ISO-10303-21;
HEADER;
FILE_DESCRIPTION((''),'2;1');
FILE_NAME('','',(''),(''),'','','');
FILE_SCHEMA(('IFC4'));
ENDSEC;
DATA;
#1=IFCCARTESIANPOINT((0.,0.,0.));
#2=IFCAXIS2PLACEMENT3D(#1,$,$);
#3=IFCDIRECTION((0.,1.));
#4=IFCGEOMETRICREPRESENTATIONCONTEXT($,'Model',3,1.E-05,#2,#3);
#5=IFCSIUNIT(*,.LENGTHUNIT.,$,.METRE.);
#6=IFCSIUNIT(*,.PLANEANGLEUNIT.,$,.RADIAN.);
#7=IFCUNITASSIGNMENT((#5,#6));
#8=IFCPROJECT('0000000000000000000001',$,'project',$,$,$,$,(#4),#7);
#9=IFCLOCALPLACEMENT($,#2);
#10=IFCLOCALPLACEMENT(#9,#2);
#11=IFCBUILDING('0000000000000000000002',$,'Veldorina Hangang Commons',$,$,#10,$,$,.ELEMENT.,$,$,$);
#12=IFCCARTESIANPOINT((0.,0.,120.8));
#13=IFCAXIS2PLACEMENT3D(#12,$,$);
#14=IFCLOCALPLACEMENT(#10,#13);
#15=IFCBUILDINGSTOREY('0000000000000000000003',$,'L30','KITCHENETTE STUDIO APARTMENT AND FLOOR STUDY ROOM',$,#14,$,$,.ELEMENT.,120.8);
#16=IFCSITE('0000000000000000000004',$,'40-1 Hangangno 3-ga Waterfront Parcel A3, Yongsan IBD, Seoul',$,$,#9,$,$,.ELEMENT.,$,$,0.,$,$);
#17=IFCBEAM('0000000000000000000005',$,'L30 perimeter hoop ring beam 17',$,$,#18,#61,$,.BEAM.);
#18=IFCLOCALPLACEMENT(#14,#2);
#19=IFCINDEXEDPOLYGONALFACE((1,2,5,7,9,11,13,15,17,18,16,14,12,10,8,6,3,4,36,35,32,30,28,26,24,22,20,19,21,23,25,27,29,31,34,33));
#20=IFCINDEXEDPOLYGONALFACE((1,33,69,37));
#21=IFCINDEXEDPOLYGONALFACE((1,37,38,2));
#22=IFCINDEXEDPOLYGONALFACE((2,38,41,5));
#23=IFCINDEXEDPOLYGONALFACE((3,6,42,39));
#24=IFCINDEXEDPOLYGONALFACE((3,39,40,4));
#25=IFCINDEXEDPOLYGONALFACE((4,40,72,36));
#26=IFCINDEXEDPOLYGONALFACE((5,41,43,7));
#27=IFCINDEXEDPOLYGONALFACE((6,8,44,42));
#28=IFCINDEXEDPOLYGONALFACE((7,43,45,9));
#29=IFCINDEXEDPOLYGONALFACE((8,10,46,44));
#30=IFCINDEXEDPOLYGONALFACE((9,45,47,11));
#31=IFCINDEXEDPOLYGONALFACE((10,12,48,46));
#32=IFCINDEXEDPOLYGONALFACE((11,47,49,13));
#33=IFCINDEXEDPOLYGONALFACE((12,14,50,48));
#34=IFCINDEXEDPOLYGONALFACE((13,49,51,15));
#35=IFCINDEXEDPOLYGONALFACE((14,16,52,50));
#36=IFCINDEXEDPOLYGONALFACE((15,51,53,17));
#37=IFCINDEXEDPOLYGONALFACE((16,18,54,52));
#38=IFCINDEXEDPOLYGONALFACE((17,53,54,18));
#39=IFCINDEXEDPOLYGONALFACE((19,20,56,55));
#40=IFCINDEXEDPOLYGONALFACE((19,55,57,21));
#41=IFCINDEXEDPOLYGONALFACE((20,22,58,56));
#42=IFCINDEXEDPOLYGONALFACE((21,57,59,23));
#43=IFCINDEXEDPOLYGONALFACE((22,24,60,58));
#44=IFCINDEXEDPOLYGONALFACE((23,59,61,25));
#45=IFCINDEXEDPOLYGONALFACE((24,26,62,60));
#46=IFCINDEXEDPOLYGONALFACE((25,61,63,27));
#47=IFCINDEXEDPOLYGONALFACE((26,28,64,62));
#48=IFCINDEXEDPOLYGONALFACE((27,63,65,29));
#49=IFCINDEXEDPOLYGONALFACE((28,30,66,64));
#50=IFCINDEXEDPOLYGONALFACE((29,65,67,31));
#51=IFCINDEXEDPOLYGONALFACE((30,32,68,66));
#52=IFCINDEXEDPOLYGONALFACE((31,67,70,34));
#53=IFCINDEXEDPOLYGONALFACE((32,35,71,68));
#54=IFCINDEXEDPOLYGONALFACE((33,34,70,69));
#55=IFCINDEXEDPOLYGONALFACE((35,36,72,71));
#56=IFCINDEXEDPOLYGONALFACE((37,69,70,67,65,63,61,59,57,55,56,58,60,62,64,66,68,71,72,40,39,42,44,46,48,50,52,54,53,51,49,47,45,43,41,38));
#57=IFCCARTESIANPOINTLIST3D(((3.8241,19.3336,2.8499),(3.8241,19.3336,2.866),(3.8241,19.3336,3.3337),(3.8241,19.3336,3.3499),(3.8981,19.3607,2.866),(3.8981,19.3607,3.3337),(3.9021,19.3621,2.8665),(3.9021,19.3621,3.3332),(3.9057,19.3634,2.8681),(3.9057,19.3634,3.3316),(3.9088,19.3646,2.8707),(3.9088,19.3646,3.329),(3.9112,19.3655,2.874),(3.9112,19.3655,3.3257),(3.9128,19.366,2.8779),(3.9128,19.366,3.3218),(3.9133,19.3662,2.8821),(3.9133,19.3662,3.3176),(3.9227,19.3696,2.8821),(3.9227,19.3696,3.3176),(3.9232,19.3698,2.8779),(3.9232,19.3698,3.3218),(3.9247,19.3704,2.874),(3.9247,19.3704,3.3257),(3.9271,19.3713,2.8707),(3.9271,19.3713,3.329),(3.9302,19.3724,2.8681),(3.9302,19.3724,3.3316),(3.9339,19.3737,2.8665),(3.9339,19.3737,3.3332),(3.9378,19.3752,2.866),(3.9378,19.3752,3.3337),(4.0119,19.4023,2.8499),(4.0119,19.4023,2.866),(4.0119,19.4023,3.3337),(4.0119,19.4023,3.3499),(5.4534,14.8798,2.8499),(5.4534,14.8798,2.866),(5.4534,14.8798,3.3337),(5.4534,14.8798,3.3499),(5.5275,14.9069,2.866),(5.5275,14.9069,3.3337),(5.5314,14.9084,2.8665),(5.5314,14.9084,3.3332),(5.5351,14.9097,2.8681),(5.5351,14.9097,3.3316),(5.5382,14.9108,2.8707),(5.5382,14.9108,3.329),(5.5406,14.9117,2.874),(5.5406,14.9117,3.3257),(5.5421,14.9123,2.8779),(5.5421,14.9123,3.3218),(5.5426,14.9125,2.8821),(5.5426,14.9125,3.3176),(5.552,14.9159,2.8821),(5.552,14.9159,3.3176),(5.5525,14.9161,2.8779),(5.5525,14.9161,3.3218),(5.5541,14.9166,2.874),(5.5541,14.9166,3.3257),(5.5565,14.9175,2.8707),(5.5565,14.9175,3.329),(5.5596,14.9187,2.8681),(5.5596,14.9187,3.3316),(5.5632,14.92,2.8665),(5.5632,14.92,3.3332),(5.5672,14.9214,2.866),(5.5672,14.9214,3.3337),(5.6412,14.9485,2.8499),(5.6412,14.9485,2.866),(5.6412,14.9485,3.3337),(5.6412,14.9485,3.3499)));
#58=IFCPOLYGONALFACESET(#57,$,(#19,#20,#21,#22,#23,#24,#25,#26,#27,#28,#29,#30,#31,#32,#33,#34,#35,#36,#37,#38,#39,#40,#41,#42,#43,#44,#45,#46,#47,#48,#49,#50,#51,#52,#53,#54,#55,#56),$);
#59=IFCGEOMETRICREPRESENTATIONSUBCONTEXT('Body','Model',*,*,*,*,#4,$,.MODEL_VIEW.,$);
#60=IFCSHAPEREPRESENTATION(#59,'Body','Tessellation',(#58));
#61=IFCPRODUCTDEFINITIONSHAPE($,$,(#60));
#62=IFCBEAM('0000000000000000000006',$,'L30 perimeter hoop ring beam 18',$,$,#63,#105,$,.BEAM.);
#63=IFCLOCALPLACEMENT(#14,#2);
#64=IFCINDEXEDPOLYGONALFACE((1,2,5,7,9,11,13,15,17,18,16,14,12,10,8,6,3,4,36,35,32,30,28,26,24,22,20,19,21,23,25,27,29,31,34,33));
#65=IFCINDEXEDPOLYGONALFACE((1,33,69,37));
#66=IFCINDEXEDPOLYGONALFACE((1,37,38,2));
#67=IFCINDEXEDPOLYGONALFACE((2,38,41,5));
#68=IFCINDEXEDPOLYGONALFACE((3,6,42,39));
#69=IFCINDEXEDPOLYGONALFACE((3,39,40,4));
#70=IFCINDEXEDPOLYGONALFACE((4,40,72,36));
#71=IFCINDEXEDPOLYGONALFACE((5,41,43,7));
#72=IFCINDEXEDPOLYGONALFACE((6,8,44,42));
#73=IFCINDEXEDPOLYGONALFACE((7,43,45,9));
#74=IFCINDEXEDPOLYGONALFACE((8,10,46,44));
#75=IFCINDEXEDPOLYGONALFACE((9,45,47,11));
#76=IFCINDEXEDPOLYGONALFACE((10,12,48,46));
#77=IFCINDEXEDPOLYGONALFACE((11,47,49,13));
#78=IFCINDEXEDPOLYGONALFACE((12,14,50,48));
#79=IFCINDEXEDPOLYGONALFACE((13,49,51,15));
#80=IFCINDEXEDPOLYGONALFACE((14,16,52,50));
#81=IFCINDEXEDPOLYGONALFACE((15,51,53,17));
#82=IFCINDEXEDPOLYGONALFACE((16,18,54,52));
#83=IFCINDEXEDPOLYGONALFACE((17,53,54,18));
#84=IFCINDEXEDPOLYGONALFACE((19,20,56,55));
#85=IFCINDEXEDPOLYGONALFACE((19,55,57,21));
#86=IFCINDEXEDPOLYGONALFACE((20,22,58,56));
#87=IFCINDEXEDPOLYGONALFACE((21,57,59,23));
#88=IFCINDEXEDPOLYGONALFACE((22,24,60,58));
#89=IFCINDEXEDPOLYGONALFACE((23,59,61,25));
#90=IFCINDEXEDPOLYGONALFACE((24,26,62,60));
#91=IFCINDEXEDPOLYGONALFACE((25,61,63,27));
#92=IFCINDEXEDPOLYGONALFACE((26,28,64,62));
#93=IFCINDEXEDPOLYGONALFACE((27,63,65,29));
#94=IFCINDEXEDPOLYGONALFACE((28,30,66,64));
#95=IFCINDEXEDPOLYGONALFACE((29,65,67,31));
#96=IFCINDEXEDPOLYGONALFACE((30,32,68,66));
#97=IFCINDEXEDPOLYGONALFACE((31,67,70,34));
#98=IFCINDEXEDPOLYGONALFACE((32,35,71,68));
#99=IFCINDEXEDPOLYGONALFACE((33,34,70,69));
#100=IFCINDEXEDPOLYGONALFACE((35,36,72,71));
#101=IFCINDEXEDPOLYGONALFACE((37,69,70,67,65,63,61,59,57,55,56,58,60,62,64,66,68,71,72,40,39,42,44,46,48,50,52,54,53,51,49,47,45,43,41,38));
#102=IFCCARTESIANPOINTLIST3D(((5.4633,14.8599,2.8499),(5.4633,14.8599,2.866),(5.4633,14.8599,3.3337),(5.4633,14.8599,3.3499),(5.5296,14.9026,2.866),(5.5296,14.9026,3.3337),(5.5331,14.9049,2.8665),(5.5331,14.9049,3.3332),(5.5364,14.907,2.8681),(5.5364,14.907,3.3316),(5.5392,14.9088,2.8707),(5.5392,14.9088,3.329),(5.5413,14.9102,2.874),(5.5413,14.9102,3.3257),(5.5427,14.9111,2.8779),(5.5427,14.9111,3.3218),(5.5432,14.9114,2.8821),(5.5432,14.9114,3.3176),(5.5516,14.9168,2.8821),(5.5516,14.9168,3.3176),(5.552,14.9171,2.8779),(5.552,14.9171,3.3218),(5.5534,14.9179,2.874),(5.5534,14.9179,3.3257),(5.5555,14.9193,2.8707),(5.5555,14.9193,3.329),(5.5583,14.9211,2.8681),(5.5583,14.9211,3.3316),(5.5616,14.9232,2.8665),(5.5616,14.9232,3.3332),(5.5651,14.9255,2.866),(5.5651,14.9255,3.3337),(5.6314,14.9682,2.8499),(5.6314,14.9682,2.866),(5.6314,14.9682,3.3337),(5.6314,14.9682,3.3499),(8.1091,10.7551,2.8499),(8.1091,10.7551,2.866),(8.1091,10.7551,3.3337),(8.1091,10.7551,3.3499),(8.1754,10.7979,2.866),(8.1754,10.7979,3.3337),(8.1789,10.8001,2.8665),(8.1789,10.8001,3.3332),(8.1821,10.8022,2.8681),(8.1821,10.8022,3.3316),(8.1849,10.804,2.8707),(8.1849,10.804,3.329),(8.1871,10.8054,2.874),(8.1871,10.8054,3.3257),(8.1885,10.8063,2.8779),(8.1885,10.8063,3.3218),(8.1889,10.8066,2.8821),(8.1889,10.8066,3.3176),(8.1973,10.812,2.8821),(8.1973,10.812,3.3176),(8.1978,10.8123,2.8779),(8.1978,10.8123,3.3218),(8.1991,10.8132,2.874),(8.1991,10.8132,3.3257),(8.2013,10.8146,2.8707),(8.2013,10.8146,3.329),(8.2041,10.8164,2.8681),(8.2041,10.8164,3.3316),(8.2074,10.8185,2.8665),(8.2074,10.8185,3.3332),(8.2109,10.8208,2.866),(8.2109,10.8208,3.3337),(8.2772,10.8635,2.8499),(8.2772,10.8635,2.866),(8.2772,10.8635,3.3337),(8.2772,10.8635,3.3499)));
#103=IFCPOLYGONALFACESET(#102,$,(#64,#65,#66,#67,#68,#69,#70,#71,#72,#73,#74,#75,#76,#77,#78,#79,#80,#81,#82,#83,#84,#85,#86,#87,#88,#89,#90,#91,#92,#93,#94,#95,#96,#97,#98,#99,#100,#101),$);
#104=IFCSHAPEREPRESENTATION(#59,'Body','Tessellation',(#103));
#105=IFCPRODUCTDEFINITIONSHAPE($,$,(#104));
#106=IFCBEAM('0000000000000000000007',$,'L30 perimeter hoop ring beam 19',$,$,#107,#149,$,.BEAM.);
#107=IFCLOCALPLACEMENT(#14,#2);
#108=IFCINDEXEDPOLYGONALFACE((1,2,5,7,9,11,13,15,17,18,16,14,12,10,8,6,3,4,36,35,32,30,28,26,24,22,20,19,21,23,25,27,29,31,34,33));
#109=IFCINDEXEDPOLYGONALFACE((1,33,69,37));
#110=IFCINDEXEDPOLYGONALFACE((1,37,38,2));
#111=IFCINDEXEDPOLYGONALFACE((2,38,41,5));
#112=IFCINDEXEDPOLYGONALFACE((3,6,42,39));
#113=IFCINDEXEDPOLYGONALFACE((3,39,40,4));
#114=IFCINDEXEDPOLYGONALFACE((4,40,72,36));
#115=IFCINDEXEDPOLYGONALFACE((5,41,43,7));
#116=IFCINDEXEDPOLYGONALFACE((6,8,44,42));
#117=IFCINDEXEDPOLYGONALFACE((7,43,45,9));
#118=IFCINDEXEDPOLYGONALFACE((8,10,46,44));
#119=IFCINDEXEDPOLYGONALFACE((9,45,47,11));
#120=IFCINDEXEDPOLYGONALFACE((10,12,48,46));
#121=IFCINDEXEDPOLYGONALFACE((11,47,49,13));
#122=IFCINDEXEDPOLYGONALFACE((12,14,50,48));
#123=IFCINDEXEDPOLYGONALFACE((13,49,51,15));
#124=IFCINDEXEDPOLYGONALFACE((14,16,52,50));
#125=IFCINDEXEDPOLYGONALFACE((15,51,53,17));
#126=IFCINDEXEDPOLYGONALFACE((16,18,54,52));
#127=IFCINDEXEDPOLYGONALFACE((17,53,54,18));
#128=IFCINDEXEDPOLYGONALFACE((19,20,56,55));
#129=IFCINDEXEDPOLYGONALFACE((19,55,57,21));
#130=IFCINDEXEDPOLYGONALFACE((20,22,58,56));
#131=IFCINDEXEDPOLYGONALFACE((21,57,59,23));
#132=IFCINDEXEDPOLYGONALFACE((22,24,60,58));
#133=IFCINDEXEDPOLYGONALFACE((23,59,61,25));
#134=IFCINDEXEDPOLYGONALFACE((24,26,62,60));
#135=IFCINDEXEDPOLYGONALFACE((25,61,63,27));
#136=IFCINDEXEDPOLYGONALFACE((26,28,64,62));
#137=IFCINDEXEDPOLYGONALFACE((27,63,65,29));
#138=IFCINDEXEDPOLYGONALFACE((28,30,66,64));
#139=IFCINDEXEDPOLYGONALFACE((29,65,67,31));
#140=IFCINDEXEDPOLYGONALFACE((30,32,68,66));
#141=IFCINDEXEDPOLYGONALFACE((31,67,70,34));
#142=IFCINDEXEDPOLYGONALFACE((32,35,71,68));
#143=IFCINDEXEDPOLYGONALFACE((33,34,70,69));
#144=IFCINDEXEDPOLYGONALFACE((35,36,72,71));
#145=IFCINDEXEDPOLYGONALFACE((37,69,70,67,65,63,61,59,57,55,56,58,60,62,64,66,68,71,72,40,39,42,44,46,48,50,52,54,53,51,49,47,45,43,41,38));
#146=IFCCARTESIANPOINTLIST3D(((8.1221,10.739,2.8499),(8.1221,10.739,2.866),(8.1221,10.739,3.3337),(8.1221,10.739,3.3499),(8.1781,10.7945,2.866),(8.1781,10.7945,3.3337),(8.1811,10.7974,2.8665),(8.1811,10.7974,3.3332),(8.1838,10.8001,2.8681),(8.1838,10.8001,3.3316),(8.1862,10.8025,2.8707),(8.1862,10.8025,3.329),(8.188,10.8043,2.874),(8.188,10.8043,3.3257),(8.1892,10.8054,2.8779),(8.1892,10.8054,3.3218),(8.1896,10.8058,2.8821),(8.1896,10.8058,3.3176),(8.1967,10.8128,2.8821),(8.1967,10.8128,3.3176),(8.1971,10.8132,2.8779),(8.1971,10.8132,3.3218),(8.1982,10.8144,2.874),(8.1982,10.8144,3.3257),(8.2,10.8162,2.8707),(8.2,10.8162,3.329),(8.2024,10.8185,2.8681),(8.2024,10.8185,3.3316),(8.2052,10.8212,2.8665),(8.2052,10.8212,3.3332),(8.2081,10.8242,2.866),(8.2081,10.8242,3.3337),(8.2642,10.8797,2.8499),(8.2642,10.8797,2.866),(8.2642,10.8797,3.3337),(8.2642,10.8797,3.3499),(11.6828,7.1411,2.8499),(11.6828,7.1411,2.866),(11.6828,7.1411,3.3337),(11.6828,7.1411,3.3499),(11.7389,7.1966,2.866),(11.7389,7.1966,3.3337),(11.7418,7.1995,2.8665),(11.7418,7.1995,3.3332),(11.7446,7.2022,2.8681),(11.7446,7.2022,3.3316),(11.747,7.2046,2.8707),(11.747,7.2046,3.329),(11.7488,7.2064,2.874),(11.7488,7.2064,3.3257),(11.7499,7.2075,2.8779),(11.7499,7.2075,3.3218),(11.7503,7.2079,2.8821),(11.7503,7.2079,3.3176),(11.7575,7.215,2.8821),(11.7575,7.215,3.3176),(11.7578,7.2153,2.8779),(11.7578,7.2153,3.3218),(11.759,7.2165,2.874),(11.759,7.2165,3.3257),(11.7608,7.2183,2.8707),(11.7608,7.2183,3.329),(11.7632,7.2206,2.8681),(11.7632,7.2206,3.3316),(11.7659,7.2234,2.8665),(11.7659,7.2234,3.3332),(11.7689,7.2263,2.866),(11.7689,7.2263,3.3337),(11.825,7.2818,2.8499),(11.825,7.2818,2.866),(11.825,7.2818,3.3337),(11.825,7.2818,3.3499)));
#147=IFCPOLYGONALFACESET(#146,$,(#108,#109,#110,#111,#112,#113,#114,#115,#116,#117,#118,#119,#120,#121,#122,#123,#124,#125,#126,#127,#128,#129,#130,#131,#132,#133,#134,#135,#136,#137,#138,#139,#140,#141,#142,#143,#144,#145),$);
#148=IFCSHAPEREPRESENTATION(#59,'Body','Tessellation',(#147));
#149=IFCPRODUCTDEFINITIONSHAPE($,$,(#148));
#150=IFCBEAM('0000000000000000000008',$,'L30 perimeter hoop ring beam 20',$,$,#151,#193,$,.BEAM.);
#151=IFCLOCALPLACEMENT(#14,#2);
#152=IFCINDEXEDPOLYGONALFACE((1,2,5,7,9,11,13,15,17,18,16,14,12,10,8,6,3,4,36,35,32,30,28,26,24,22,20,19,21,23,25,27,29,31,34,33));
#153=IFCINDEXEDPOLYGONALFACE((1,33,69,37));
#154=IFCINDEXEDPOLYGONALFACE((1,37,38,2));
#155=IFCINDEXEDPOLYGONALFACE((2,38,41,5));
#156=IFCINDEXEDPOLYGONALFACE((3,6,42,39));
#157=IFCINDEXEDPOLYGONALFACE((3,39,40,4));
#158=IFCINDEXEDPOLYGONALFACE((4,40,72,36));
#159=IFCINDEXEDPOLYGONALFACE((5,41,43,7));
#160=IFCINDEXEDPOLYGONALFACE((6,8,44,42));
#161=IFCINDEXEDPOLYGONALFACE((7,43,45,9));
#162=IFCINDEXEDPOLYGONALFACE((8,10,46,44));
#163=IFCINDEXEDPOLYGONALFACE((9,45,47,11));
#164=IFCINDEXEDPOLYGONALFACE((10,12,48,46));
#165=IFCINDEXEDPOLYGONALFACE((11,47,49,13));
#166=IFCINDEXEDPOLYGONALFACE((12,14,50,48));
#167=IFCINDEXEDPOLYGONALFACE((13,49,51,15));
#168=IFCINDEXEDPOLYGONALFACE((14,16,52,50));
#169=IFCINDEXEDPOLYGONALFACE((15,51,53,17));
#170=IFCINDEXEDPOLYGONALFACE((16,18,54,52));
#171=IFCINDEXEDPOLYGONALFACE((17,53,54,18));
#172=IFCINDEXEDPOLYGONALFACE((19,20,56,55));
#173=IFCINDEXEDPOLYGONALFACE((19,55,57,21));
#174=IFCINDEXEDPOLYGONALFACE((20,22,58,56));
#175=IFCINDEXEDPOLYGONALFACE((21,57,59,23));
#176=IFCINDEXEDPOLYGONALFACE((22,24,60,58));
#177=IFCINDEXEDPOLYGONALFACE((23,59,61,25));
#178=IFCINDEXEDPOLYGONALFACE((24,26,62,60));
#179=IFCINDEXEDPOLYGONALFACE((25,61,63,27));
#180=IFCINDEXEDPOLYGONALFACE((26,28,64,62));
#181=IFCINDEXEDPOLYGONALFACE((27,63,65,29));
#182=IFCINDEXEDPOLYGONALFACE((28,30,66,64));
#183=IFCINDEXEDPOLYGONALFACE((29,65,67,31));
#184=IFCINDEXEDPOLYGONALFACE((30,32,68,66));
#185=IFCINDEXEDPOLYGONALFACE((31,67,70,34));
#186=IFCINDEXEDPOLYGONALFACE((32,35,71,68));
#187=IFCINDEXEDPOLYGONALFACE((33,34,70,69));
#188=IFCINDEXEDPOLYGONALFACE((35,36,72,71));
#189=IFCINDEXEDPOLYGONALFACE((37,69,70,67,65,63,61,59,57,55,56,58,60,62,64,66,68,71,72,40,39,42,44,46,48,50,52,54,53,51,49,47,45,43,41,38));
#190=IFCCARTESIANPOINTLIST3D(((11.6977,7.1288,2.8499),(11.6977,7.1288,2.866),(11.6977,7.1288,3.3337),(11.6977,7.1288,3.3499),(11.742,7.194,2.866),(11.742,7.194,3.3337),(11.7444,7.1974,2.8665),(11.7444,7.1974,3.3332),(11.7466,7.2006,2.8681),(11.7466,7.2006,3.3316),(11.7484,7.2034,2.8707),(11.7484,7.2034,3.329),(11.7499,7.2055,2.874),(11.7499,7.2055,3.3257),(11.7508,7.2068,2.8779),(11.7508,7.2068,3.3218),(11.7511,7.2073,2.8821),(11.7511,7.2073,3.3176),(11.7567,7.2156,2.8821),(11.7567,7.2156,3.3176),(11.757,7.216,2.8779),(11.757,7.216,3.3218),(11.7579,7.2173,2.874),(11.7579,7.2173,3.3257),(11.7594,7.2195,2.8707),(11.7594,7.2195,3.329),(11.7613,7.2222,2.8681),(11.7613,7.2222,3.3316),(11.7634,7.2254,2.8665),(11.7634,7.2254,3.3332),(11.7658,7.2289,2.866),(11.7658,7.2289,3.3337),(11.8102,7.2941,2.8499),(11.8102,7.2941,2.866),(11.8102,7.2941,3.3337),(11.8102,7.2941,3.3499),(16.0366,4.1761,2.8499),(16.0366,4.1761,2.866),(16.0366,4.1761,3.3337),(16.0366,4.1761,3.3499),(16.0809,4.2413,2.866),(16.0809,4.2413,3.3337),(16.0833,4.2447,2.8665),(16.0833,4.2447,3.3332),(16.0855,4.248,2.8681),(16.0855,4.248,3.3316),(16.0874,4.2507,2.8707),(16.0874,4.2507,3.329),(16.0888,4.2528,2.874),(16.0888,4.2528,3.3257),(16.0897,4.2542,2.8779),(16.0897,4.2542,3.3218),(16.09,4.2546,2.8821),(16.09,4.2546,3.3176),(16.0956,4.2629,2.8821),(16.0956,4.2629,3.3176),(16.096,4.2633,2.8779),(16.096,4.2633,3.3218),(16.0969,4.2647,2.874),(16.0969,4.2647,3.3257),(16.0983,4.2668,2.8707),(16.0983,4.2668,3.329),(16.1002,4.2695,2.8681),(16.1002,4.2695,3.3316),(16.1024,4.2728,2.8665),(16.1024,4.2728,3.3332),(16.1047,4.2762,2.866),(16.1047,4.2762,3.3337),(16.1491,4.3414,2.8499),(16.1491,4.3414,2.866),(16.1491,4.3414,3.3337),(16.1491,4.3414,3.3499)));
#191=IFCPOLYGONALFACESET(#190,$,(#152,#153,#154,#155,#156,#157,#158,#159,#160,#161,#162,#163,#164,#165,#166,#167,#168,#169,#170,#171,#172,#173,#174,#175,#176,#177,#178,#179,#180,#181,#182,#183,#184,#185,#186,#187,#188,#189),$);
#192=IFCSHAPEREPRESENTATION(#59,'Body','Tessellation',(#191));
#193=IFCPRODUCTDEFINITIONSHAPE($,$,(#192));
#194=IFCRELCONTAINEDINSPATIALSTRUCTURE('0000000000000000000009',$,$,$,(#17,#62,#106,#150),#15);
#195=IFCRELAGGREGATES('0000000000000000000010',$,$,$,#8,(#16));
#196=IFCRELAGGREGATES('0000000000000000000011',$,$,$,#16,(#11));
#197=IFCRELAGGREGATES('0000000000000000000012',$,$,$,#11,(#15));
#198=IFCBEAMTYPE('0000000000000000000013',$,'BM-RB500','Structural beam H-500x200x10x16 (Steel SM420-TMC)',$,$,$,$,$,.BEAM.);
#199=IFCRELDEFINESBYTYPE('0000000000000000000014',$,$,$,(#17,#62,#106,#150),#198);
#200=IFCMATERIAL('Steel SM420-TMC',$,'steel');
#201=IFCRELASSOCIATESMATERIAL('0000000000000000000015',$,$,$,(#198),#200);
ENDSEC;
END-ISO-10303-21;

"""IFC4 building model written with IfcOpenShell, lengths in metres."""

from ifc_helpers import new_model, si_unit, direction, frame, origin, origin_2d, place, context, subcontext, project, spatial, i_section, extrude, material, material_profile, profile_set, type_object, element, save


model = new_model("IFC4")

# Units and contexts
model_context = context("Model", 3, precision=1e-05, world=origin(), true_north=direction((0.0, 1.0)))
body_context = subcontext(model_context, "Body", "Model", "MODEL_VIEW")
ifc_project = project(units=[si_unit("LENGTHUNIT", "METRE"), si_unit("PLANEANGLEUNIT", "RADIAN")], contexts=[model_context])

# Site, building, storey
site_placement = place(None, origin())
site = spatial("IfcSite", under=ifc_project, at=site_placement, Name="40-1 Hangangno 3-ga Waterfront Parcel A3, Yongsan IBD, Seoul", CompositionType="ELEMENT", RefElevation=0.0)
building_placement = place(site_placement, origin())
building = spatial("IfcBuilding", under=site, at=building_placement, Name="Veldorina Hangang Commons", CompositionType="ELEMENT")
storey_placement = place(building_placement, frame((0.0, 0.0, 120.8)))
storey = spatial("IfcBuildingStorey", under=building, at=storey_placement, Name="L30", Description="KITCHENETTE STUDIO APARTMENT AND FLOOR STUDY ROOM", CompositionType="ELEMENT", Elevation=120.8)

# Beams
ifc_material_1 = material(Name="Steel SM420-TMC", Category="steel")
ifc_material_profile_1 = material_profile(ifc_material_1, i_section(OverallWidth=0.2, OverallDepth=0.5, WebThickness=0.01, FlangeThickness=0.0161, FilletRadius=0.0161, at=origin_2d()), Name="H-500x200x10x16")
ifc_profile_set_1 = profile_set([ifc_material_profile_1], Name="Steel SM420-TMC")
beam_type = type_object("IfcBeamType", Name="BM-RB500", Description="Structural beam H-500x200x10x16 (Steel SM420-TMC)", PredefinedType="BEAM", material=ifc_profile_set_1)
beam_1_placement = place(storey_placement, frame((3.918, 19.3679, 3.0999), z_axis=(0.343569, -0.939127, 0.0), x_axis=(0.939127, 0.343569, 0.0)))
element("IfcBeam", 1, at=beam_1_placement, inside=storey, type_object=beam_type, Name="L30 perimeter hoop ring beam 17", PredefinedType="BEAM", context=body_context, shape_type="SweptSolid", body=[
    extrude(i_section(OverallWidth=0.2, OverallDepth=0.5, WebThickness=0.01, FlangeThickness=0.0161, FilletRadius=0.0161, at=origin_2d()), origin(), (0.0, 0.0, 1.0), 4.7424),
])
beam_2_placement = place(storey_placement, frame((5.5474, 14.9141, 3.0999), z_axis=(0.54177, -0.840527, 0.0), x_axis=(0.840527, 0.54177, 0.0)))
element("IfcBeam", 2, at=beam_2_placement, inside=storey, type_object=beam_type, Name="L30 perimeter hoop ring beam 18", PredefinedType="BEAM", context=body_context, shape_type="SweptSolid", body=[
    extrude(i_section(OverallWidth=0.2, OverallDepth=0.5, WebThickness=0.01, FlangeThickness=0.0161, FilletRadius=0.0161, at=origin_2d()), origin(), (0.0, 0.0, 1.0), 4.8835),
])
beam_3_placement = place(storey_placement, frame((8.1931, 10.8093, 3.0999), z_axis=(0.703432, -0.710763, 0.0), x_axis=(0.710763, 0.703432, 0.0)))
element("IfcBeam", 3, at=beam_3_placement, inside=storey, type_object=beam_type, Name="L30 perimeter hoop ring beam 19", PredefinedType="BEAM", context=body_context, shape_type="SweptSolid", body=[
    extrude(i_section(OverallWidth=0.2, OverallDepth=0.5, WebThickness=0.01, FlangeThickness=0.0161, FilletRadius=0.0161, at=origin_2d()), origin(), (0.0, 0.0, 1.0), 5.062),
])
beam_4_placement = place(storey_placement, frame((11.7539, 7.2114, 3.0999), z_axis=(0.826731, -0.562598, 0.0), x_axis=(0.562598, 0.826731, 0.0)))
element("IfcBeam", 4, at=beam_4_placement, inside=storey, type_object=beam_type, Name="L30 perimeter hoop ring beam 20", PredefinedType="BEAM", context=body_context, shape_type="SweptSolid", body=[
    extrude(i_section(OverallWidth=0.2, OverallDepth=0.5, WebThickness=0.01, FlangeThickness=0.0161, FilletRadius=0.0161, at=origin_2d()), origin(), (0.0, 0.0, 1.0), 5.2483),
])

save(model, "model.ifc")
